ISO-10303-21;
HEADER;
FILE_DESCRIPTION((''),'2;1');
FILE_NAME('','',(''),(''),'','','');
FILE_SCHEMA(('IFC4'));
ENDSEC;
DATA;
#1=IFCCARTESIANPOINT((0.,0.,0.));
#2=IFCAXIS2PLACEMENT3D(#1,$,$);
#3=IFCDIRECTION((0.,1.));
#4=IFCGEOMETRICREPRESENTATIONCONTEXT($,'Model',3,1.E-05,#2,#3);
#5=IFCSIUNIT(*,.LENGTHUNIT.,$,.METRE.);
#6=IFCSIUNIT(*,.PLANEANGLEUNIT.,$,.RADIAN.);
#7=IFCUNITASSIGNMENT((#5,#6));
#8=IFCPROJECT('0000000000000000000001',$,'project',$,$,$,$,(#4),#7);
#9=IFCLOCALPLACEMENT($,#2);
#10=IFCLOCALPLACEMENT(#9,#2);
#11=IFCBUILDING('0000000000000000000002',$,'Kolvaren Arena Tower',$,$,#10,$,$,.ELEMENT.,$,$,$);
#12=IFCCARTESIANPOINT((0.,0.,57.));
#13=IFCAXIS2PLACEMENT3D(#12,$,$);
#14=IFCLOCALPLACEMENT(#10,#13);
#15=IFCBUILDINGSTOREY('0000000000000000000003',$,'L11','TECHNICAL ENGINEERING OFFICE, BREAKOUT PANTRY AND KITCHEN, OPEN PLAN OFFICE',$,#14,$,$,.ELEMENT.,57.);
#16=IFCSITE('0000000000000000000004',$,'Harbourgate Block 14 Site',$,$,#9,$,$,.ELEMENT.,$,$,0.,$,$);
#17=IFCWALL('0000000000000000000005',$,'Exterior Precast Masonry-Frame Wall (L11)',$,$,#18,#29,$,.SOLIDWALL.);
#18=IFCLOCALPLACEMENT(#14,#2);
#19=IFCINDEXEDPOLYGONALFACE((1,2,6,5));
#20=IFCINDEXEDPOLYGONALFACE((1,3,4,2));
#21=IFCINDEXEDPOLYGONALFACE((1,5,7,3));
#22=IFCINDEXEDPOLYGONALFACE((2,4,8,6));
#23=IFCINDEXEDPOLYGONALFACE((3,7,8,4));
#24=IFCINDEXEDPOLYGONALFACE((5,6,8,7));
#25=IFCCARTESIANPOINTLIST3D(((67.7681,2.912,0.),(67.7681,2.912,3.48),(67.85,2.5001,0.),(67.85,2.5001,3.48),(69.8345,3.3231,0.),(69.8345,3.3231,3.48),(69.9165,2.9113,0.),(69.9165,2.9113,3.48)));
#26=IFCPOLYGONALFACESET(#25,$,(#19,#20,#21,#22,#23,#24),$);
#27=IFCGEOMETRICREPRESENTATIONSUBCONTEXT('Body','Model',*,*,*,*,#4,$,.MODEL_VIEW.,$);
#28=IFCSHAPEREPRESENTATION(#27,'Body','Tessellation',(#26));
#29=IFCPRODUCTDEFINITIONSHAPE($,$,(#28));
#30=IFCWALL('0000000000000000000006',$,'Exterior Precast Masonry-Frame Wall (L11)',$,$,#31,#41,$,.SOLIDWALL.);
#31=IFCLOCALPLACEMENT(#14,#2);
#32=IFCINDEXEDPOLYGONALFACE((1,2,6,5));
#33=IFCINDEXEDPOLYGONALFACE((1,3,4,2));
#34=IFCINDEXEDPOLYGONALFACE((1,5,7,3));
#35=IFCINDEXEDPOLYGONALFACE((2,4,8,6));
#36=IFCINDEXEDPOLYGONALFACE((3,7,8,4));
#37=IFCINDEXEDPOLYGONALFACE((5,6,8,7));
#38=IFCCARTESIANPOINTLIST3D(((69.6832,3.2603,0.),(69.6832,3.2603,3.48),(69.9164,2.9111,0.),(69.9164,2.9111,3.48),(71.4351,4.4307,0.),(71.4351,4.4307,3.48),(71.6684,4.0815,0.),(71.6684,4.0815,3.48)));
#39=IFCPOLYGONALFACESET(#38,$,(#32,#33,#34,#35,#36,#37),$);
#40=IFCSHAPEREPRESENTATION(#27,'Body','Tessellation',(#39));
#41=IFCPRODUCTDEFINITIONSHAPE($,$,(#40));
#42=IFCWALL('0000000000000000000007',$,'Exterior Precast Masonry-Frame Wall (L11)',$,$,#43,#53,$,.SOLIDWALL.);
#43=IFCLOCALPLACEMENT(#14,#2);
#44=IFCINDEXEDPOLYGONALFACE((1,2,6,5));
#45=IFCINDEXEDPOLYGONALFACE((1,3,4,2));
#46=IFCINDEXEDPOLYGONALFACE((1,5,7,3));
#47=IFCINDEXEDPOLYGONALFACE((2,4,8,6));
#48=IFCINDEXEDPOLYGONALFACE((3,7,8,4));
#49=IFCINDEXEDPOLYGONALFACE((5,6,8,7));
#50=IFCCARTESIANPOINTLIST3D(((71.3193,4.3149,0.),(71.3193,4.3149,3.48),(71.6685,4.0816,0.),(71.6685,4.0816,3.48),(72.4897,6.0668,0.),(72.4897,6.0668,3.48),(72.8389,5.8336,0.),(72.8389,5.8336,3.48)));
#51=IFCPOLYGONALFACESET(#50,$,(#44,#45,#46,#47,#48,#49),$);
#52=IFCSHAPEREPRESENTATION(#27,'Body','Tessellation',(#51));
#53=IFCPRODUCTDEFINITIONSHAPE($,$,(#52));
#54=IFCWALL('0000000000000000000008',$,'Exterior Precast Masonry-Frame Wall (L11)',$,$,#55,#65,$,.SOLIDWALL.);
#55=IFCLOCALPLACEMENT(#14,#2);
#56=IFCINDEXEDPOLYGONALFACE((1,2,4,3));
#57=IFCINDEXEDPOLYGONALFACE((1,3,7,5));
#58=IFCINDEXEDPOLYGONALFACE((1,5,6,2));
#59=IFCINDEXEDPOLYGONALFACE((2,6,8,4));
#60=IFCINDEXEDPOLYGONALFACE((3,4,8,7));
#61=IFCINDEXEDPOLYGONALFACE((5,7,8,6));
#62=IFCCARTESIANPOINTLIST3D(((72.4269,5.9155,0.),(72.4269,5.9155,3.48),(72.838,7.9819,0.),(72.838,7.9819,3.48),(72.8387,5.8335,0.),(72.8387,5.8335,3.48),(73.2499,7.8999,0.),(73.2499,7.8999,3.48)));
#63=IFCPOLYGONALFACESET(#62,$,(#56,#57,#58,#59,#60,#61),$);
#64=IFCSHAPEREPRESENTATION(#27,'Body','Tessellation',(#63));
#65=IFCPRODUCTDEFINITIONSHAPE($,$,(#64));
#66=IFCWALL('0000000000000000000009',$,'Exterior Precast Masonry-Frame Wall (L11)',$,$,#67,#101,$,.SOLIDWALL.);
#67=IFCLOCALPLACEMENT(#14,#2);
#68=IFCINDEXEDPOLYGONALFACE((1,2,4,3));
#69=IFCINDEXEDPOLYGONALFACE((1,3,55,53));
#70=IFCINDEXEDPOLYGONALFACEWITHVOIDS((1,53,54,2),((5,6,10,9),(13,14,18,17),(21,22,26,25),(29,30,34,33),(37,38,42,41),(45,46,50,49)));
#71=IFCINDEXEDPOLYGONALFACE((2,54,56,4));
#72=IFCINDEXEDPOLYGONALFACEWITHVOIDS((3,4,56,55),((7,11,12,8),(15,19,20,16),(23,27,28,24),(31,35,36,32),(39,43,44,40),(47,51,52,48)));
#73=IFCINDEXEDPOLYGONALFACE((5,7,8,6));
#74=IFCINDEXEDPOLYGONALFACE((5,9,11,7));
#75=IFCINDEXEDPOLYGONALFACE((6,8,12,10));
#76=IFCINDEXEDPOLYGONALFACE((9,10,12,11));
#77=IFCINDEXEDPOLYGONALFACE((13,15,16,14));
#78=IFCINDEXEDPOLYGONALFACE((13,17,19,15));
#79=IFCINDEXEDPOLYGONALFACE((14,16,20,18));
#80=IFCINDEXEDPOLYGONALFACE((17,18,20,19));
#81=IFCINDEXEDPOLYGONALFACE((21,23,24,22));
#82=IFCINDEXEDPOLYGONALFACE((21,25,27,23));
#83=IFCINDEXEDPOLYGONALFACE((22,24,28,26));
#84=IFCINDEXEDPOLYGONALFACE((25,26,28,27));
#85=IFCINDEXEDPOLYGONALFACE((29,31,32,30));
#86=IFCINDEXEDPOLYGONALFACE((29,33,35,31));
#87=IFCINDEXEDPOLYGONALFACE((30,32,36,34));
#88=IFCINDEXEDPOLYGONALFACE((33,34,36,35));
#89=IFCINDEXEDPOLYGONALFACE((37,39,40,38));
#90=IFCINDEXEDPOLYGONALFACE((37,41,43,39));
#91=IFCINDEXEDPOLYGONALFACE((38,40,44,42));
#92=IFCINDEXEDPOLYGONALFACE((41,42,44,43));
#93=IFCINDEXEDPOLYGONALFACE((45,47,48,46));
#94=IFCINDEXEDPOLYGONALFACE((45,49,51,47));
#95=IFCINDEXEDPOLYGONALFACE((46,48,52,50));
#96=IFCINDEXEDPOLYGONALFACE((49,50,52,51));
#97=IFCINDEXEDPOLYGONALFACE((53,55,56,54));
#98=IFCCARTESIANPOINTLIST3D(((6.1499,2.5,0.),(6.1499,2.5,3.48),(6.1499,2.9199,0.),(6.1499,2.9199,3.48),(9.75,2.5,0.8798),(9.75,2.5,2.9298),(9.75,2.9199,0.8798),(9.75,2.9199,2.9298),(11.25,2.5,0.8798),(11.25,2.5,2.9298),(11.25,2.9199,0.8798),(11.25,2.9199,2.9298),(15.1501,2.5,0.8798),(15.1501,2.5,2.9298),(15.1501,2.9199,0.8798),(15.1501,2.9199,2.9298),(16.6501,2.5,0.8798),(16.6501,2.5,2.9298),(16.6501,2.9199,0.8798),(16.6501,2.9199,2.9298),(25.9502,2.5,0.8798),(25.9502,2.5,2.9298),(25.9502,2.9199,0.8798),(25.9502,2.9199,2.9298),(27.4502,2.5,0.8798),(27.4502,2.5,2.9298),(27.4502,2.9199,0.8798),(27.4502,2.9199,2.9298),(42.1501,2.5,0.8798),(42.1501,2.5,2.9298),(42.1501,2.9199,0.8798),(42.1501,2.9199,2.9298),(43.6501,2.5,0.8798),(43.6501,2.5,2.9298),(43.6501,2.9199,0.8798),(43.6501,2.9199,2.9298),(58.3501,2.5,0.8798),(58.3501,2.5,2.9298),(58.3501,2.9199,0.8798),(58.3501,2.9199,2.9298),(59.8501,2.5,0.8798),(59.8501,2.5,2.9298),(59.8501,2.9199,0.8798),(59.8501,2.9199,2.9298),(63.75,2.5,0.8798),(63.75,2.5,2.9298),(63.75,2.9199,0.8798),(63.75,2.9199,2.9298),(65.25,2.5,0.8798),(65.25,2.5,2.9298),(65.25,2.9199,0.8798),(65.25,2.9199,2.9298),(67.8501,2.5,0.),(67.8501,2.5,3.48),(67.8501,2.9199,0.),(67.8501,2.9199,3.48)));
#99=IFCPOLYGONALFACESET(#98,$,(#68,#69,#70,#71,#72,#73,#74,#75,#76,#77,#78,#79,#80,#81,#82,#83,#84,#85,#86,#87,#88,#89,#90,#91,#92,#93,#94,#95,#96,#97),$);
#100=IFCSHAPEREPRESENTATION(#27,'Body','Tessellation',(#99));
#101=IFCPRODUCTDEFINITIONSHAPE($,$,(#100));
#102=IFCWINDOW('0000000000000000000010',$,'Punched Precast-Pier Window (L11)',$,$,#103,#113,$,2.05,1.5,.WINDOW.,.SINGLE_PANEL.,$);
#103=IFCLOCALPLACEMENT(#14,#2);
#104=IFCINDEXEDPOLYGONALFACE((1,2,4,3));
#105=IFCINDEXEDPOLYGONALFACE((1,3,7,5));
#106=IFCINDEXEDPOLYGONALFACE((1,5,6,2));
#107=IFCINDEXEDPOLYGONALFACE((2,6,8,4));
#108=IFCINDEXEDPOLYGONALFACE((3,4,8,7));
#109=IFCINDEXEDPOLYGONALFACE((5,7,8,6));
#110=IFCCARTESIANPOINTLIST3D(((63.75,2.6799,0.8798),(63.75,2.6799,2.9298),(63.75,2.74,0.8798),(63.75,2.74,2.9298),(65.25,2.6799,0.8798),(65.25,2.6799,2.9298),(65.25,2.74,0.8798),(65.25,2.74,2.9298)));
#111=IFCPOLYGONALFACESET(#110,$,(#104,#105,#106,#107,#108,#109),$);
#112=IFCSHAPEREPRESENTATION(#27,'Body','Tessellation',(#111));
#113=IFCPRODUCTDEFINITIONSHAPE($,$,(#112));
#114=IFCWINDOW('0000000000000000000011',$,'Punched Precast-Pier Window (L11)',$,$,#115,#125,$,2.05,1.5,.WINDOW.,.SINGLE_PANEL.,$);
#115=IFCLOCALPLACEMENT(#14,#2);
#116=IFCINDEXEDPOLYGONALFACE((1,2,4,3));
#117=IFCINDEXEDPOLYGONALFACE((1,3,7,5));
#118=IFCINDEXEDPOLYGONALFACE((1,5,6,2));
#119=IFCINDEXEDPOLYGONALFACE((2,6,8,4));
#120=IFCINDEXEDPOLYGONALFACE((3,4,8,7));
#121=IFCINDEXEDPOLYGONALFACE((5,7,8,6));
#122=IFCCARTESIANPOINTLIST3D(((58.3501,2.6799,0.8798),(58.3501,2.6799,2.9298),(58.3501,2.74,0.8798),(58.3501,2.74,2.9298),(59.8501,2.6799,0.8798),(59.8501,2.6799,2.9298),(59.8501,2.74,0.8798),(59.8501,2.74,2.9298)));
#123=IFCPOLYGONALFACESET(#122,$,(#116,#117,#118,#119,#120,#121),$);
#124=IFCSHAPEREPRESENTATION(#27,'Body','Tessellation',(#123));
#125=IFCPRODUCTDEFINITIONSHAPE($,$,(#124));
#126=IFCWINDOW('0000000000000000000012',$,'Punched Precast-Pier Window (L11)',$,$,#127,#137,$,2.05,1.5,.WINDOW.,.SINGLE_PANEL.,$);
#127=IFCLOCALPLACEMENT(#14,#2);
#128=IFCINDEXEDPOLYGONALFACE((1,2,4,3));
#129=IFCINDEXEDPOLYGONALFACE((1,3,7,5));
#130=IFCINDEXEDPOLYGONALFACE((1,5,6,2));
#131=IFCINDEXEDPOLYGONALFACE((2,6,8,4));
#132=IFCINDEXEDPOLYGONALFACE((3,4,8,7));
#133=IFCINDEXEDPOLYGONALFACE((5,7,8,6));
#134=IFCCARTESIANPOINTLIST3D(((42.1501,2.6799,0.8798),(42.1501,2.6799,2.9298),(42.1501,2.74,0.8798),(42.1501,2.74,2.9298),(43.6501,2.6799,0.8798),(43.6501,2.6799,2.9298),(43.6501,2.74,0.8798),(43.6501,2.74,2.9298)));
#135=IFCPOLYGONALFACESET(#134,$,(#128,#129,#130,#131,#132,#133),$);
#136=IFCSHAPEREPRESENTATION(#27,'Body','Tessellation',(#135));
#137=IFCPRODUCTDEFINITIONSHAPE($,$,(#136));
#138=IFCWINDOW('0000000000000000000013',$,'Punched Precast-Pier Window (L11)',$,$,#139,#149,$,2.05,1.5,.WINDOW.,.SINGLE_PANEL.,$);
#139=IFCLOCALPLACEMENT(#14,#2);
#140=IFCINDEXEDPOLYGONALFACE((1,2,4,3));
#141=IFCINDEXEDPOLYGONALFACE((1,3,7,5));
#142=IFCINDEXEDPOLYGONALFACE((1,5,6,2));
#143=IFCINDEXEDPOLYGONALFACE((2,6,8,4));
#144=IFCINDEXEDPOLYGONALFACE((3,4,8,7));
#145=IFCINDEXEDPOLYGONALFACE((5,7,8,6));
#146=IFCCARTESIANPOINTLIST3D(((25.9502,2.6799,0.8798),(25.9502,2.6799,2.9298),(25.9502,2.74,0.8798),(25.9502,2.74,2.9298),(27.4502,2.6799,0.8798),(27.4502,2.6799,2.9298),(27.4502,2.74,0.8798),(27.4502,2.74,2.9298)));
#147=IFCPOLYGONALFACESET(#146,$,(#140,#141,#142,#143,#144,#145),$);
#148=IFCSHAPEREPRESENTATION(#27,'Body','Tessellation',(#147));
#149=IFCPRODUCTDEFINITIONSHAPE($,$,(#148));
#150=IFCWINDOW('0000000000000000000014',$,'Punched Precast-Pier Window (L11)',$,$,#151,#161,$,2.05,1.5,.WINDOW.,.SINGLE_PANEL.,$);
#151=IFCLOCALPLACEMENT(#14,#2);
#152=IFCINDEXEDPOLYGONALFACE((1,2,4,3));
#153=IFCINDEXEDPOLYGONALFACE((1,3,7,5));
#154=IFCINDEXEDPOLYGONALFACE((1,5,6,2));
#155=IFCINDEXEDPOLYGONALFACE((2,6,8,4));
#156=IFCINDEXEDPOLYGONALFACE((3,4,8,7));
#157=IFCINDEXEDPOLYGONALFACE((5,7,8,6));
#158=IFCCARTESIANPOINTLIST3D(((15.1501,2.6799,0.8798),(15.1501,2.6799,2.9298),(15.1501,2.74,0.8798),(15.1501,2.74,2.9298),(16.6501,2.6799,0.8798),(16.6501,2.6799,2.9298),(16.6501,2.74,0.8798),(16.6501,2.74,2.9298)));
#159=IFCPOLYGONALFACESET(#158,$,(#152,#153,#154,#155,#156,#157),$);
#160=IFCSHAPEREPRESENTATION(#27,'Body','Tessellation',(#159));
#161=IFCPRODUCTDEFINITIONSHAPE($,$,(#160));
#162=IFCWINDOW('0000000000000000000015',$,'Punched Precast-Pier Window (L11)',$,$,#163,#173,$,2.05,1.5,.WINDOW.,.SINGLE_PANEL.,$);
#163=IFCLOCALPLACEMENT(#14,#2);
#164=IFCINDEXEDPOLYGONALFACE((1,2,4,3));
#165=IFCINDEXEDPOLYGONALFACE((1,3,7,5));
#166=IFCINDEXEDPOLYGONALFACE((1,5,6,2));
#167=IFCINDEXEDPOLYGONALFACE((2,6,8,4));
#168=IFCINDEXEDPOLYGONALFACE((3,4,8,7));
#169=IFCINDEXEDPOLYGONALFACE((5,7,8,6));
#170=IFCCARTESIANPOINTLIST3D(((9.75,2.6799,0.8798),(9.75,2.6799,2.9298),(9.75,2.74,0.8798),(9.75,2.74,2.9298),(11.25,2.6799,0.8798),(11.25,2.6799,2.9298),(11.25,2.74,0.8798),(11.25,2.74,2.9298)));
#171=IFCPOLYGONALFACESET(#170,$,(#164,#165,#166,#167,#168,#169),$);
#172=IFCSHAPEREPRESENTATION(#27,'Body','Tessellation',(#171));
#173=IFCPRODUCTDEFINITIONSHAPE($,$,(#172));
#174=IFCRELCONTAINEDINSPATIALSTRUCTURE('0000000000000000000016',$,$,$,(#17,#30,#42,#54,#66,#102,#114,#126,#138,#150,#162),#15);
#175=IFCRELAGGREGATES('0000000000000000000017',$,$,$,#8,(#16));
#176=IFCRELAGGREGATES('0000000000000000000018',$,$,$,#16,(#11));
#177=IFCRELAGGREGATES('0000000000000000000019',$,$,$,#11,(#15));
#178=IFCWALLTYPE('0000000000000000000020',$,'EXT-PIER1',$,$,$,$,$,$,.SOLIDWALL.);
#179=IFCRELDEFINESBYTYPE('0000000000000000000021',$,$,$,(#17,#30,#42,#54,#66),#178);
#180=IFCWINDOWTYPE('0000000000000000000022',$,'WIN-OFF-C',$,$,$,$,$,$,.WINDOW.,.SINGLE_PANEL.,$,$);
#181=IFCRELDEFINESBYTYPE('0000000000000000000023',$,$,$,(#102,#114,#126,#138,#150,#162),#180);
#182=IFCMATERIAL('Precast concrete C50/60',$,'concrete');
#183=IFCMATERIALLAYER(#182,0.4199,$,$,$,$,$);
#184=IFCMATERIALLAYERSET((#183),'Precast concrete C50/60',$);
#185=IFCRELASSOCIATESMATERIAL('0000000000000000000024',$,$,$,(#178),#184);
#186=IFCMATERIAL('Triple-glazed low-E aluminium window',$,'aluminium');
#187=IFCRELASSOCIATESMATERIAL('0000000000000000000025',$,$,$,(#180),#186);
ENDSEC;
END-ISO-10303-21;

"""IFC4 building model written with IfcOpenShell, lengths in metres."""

from ifc_helpers import new_model, si_unit, direction, frame, frame_2d, origin, place, context, subcontext, project, spatial, rectangle, extrude, material, layer, layer_set, type_object, element, fill, save


model = new_model("IFC4")

# Units and contexts
model_context = context("Model", 3, precision=1e-05, world=origin(), true_north=direction((0.0, 1.0)))
body_context = subcontext(model_context, "Body", "Model", "MODEL_VIEW")
ifc_project = project(units=[si_unit("LENGTHUNIT", "METRE"), si_unit("PLANEANGLEUNIT", "RADIAN")], contexts=[model_context])

# Site, building, storey
site_placement = place(None, origin())
site = spatial("IfcSite", under=ifc_project, at=site_placement, Name="Harbourgate Block 14 Site", CompositionType="ELEMENT", RefElevation=0.0)
building_placement = place(site_placement, origin())
building = spatial("IfcBuilding", under=site, at=building_placement, Name="Kolvaren Arena Tower", CompositionType="ELEMENT")
storey_placement = place(building_placement, frame((0.0, 0.0, 57.0)))
storey = spatial("IfcBuildingStorey", under=building, at=storey_placement, Name="L11", Description="TECHNICAL ENGINEERING OFFICE, BREAKOUT PANTRY AND KITCHEN, OPEN PLAN OFFICE", CompositionType="ELEMENT", Elevation=57.0)

# Walls
ifc_material_1 = material(Name="Precast concrete C50/60", Category="concrete")
ifc_layer_1 = layer(ifc_material_1, 0.4199)
ifc_layer_set_1 = layer_set([ifc_layer_1], Name="Precast concrete C50/60")
wall_type_1 = type_object("IfcWallType", Name="EXT-PIER1", PredefinedType="SOLIDWALL", material=ifc_layer_set_1)
for number, where, z_axis, x_axis, name in (
    (1, (69.8755, 3.1172, 0.0), (0.0, 0.0, 1.0), (-0.980776, -0.195136, 0.0), "Exterior Precast Masonry-Frame Wall (L11)"),
    (2, (71.5518, 4.2561, 0.0), (0.0, 0.0, 1.0), (-0.831515, -0.555502, 0.0), "Exterior Precast Masonry-Frame Wall (L11)"),
    (3, (72.6643, 5.9502, 0.0), (0.0, 0.0, 1.0), (-0.555502, -0.831515, 0.0), "Exterior Precast Masonry-Frame Wall (L11)"),
    (4, (73.0439, 7.9409, 0.0), (0.0, 0.0, 1.0), (-0.195136, -0.980776, 0.0), "Exterior Precast Masonry-Frame Wall (L11)"),
):
    element("IfcWall", number, at=place(storey_placement, frame(where, z_axis=z_axis, x_axis=x_axis)), inside=storey, type_object=wall_type_1, Name=name, PredefinedType="SOLIDWALL", context=body_context, shape_type="SweptSolid", body=[
        extrude(rectangle(XDim=2.1069, YDim=0.4199, at=frame_2d((1.0535, 0.0))), origin(), (0.0, 0.0, 1.0), 3.48),
    ])

# Wall, openings, windows
wall_1_placement = place(storey_placement, frame((67.8501, 2.71, 0.0), z_axis=(0.0, 0.0, 1.0), x_axis=(-1.0, 0.0, 0.0)))
wall_1 = element("IfcWall", 5, at=wall_1_placement, inside=storey, type_object=wall_type_1, Name="Exterior Precast Masonry-Frame Wall (L11)", PredefinedType="SOLIDWALL", context=body_context, shape_type="SweptSolid", body=[
    extrude(rectangle(XDim=61.7002, YDim=0.4199, at=frame_2d((30.8501, 0.0))), origin(), (0.0, 0.0, 1.0), 3.48),
])
opening_1_placement = place(wall_1_placement, frame((2.6001, 0.0, 0.8799)))
opening_1 = element("IfcOpeningElement", 6, at=opening_1_placement, cuts=wall_1, PredefinedType="OPENING", context=body_context, shape_type="SweptSolid", body=[
    extrude(rectangle(XDim=1.5, YDim=2.05, at=frame_2d((0.75, 1.0249))), frame((0.0, 0.22, 0.0), z_axis=(0.0, -1.0, 0.0), x_axis=(1.0, 0.0, 0.0)), (0.0, 0.0, 1.0), 0.4399),
])
opening_2_placement = place(wall_1_placement, frame((8.0, 0.0, 0.8799)))
opening_2 = element("IfcOpeningElement", 7, at=opening_2_placement, cuts=wall_1, PredefinedType="OPENING", context=body_context, shape_type="SweptSolid", body=[
    extrude(rectangle(XDim=1.5, YDim=2.05, at=frame_2d((0.75, 1.0249))), frame((0.0, 0.22, 0.0), z_axis=(0.0, -1.0, 0.0), x_axis=(1.0, 0.0, 0.0)), (0.0, 0.0, 1.0), 0.4399),
])
opening_3_placement = place(wall_1_placement, frame((24.2, 0.0, 0.8799)))
opening_3 = element("IfcOpeningElement", 8, at=opening_3_placement, cuts=wall_1, PredefinedType="OPENING", context=body_context, shape_type="SweptSolid", body=[
    extrude(rectangle(XDim=1.5, YDim=2.05, at=frame_2d((0.75, 1.0249))), frame((0.0, 0.22, 0.0), z_axis=(0.0, -1.0, 0.0), x_axis=(1.0, 0.0, 0.0)), (0.0, 0.0, 1.0), 0.4399),
])
opening_4_placement = place(wall_1_placement, frame((40.3999, 0.0, 0.8799)))
opening_4 = element("IfcOpeningElement", 9, at=opening_4_placement, cuts=wall_1, PredefinedType="OPENING", context=body_context, shape_type="SweptSolid", body=[
    extrude(rectangle(XDim=1.5, YDim=2.05, at=frame_2d((0.75, 1.0249))), frame((0.0, 0.22, 0.0), z_axis=(0.0, -1.0, 0.0), x_axis=(1.0, 0.0, 0.0)), (0.0, 0.0, 1.0), 0.4399),
])
opening_5_placement = place(wall_1_placement, frame((51.2, 0.0, 0.8799)))
opening_5 = element("IfcOpeningElement", 10, at=opening_5_placement, cuts=wall_1, PredefinedType="OPENING", context=body_context, shape_type="SweptSolid", body=[
    extrude(rectangle(XDim=1.5, YDim=2.05, at=frame_2d((0.75, 1.0249))), frame((0.0, 0.22, 0.0), z_axis=(0.0, -1.0, 0.0), x_axis=(1.0, 0.0, 0.0)), (0.0, 0.0, 1.0), 0.4399),
])
opening_6_placement = place(wall_1_placement, frame((56.6001, 0.0, 0.8799)))
opening_6 = element("IfcOpeningElement", 11, at=opening_6_placement, cuts=wall_1, PredefinedType="OPENING", context=body_context, shape_type="SweptSolid", body=[
    extrude(rectangle(XDim=1.5, YDim=2.05, at=frame_2d((0.75, 1.0249))), frame((0.0, 0.22, 0.0), z_axis=(0.0, -1.0, 0.0), x_axis=(1.0, 0.0, 0.0)), (0.0, 0.0, 1.0), 0.4399),
])
ifc_material_2 = material(Name="Triple-glazed low-E aluminium window", Category="aluminium")
window_type = type_object("IfcWindowType", Name="WIN-OFF-C", PartitioningType="SINGLE_PANEL", PredefinedType="WINDOW", material=ifc_material_2)
window_1_placement = place(opening_1_placement, origin())
window_1 = element("IfcWindow", 12, at=window_1_placement, inside=storey, type_object=window_type, Name="Punched Precast-Pier Window (L11)", OverallHeight=2.05, OverallWidth=1.5, PartitioningType="SINGLE_PANEL", PredefinedType="WINDOW", context=body_context, shape_type="SweptSolid", body=[
    extrude(rectangle(XDim=1.5, YDim=2.05, at=frame_2d((0.75, 1.0249))), frame((0.0, 0.03, 0.0), z_axis=(0.0, -1.0, 0.0), x_axis=(1.0, 0.0, 0.0)), (0.0, 0.0, 1.0), 0.0601),
])
fill(opening_1, window_1)
window_2_placement = place(opening_2_placement, origin())
window_2 = element("IfcWindow", 13, at=window_2_placement, inside=storey, type_object=window_type, Name="Punched Precast-Pier Window (L11)", OverallHeight=2.05, OverallWidth=1.5, PartitioningType="SINGLE_PANEL", PredefinedType="WINDOW", context=body_context, shape_type="SweptSolid", body=[
    extrude(rectangle(XDim=1.5, YDim=2.05, at=frame_2d((0.75, 1.0249))), frame((0.0, 0.03, 0.0), z_axis=(0.0, -1.0, 0.0), x_axis=(1.0, 0.0, 0.0)), (0.0, 0.0, 1.0), 0.0601),
])
fill(opening_2, window_2)
window_3_placement = place(opening_3_placement, origin())
window_3 = element("IfcWindow", 14, at=window_3_placement, inside=storey, type_object=window_type, Name="Punched Precast-Pier Window (L11)", OverallHeight=2.05, OverallWidth=1.5, PartitioningType="SINGLE_PANEL", PredefinedType="WINDOW", context=body_context, shape_type="SweptSolid", body=[
    extrude(rectangle(XDim=1.5, YDim=2.05, at=frame_2d((0.75, 1.0249))), frame((0.0, 0.03, 0.0), z_axis=(0.0, -1.0, 0.0), x_axis=(1.0, 0.0, 0.0)), (0.0, 0.0, 1.0), 0.0601),
])
fill(opening_3, window_3)
window_4_placement = place(opening_4_placement, origin())
window_4 = element("IfcWindow", 15, at=window_4_placement, inside=storey, type_object=window_type, Name="Punched Precast-Pier Window (L11)", OverallHeight=2.05, OverallWidth=1.5, PartitioningType="SINGLE_PANEL", PredefinedType="WINDOW", context=body_context, shape_type="SweptSolid", body=[
    extrude(rectangle(XDim=1.5, YDim=2.05, at=frame_2d((0.75, 1.0249))), frame((0.0, 0.03, 0.0), z_axis=(0.0, -1.0, 0.0), x_axis=(1.0, 0.0, 0.0)), (0.0, 0.0, 1.0), 0.0601),
])
fill(opening_4, window_4)
window_5_placement = place(opening_5_placement, origin())
window_5 = element("IfcWindow", 16, at=window_5_placement, inside=storey, type_object=window_type, Name="Punched Precast-Pier Window (L11)", OverallHeight=2.05, OverallWidth=1.5, PartitioningType="SINGLE_PANEL", PredefinedType="WINDOW", context=body_context, shape_type="SweptSolid", body=[
    extrude(rectangle(XDim=1.5, YDim=2.05, at=frame_2d((0.75, 1.0249))), frame((0.0, 0.03, 0.0), z_axis=(0.0, -1.0, 0.0), x_axis=(1.0, 0.0, 0.0)), (0.0, 0.0, 1.0), 0.0601),
])
fill(opening_5, window_5)
window_6_placement = place(opening_6_placement, origin())
window_6 = element("IfcWindow", 17, at=window_6_placement, inside=storey, type_object=window_type, Name="Punched Precast-Pier Window (L11)", OverallHeight=2.05, OverallWidth=1.5, PartitioningType="SINGLE_PANEL", PredefinedType="WINDOW", context=body_context, shape_type="SweptSolid", body=[
    extrude(rectangle(XDim=1.5, YDim=2.05, at=frame_2d((0.75, 1.0249))), frame((0.0, 0.03, 0.0), z_axis=(0.0, -1.0, 0.0), x_axis=(1.0, 0.0, 0.0)), (0.0, 0.0, 1.0), 0.0601),
])
fill(opening_6, window_6)

save(model, "model.ifc")
